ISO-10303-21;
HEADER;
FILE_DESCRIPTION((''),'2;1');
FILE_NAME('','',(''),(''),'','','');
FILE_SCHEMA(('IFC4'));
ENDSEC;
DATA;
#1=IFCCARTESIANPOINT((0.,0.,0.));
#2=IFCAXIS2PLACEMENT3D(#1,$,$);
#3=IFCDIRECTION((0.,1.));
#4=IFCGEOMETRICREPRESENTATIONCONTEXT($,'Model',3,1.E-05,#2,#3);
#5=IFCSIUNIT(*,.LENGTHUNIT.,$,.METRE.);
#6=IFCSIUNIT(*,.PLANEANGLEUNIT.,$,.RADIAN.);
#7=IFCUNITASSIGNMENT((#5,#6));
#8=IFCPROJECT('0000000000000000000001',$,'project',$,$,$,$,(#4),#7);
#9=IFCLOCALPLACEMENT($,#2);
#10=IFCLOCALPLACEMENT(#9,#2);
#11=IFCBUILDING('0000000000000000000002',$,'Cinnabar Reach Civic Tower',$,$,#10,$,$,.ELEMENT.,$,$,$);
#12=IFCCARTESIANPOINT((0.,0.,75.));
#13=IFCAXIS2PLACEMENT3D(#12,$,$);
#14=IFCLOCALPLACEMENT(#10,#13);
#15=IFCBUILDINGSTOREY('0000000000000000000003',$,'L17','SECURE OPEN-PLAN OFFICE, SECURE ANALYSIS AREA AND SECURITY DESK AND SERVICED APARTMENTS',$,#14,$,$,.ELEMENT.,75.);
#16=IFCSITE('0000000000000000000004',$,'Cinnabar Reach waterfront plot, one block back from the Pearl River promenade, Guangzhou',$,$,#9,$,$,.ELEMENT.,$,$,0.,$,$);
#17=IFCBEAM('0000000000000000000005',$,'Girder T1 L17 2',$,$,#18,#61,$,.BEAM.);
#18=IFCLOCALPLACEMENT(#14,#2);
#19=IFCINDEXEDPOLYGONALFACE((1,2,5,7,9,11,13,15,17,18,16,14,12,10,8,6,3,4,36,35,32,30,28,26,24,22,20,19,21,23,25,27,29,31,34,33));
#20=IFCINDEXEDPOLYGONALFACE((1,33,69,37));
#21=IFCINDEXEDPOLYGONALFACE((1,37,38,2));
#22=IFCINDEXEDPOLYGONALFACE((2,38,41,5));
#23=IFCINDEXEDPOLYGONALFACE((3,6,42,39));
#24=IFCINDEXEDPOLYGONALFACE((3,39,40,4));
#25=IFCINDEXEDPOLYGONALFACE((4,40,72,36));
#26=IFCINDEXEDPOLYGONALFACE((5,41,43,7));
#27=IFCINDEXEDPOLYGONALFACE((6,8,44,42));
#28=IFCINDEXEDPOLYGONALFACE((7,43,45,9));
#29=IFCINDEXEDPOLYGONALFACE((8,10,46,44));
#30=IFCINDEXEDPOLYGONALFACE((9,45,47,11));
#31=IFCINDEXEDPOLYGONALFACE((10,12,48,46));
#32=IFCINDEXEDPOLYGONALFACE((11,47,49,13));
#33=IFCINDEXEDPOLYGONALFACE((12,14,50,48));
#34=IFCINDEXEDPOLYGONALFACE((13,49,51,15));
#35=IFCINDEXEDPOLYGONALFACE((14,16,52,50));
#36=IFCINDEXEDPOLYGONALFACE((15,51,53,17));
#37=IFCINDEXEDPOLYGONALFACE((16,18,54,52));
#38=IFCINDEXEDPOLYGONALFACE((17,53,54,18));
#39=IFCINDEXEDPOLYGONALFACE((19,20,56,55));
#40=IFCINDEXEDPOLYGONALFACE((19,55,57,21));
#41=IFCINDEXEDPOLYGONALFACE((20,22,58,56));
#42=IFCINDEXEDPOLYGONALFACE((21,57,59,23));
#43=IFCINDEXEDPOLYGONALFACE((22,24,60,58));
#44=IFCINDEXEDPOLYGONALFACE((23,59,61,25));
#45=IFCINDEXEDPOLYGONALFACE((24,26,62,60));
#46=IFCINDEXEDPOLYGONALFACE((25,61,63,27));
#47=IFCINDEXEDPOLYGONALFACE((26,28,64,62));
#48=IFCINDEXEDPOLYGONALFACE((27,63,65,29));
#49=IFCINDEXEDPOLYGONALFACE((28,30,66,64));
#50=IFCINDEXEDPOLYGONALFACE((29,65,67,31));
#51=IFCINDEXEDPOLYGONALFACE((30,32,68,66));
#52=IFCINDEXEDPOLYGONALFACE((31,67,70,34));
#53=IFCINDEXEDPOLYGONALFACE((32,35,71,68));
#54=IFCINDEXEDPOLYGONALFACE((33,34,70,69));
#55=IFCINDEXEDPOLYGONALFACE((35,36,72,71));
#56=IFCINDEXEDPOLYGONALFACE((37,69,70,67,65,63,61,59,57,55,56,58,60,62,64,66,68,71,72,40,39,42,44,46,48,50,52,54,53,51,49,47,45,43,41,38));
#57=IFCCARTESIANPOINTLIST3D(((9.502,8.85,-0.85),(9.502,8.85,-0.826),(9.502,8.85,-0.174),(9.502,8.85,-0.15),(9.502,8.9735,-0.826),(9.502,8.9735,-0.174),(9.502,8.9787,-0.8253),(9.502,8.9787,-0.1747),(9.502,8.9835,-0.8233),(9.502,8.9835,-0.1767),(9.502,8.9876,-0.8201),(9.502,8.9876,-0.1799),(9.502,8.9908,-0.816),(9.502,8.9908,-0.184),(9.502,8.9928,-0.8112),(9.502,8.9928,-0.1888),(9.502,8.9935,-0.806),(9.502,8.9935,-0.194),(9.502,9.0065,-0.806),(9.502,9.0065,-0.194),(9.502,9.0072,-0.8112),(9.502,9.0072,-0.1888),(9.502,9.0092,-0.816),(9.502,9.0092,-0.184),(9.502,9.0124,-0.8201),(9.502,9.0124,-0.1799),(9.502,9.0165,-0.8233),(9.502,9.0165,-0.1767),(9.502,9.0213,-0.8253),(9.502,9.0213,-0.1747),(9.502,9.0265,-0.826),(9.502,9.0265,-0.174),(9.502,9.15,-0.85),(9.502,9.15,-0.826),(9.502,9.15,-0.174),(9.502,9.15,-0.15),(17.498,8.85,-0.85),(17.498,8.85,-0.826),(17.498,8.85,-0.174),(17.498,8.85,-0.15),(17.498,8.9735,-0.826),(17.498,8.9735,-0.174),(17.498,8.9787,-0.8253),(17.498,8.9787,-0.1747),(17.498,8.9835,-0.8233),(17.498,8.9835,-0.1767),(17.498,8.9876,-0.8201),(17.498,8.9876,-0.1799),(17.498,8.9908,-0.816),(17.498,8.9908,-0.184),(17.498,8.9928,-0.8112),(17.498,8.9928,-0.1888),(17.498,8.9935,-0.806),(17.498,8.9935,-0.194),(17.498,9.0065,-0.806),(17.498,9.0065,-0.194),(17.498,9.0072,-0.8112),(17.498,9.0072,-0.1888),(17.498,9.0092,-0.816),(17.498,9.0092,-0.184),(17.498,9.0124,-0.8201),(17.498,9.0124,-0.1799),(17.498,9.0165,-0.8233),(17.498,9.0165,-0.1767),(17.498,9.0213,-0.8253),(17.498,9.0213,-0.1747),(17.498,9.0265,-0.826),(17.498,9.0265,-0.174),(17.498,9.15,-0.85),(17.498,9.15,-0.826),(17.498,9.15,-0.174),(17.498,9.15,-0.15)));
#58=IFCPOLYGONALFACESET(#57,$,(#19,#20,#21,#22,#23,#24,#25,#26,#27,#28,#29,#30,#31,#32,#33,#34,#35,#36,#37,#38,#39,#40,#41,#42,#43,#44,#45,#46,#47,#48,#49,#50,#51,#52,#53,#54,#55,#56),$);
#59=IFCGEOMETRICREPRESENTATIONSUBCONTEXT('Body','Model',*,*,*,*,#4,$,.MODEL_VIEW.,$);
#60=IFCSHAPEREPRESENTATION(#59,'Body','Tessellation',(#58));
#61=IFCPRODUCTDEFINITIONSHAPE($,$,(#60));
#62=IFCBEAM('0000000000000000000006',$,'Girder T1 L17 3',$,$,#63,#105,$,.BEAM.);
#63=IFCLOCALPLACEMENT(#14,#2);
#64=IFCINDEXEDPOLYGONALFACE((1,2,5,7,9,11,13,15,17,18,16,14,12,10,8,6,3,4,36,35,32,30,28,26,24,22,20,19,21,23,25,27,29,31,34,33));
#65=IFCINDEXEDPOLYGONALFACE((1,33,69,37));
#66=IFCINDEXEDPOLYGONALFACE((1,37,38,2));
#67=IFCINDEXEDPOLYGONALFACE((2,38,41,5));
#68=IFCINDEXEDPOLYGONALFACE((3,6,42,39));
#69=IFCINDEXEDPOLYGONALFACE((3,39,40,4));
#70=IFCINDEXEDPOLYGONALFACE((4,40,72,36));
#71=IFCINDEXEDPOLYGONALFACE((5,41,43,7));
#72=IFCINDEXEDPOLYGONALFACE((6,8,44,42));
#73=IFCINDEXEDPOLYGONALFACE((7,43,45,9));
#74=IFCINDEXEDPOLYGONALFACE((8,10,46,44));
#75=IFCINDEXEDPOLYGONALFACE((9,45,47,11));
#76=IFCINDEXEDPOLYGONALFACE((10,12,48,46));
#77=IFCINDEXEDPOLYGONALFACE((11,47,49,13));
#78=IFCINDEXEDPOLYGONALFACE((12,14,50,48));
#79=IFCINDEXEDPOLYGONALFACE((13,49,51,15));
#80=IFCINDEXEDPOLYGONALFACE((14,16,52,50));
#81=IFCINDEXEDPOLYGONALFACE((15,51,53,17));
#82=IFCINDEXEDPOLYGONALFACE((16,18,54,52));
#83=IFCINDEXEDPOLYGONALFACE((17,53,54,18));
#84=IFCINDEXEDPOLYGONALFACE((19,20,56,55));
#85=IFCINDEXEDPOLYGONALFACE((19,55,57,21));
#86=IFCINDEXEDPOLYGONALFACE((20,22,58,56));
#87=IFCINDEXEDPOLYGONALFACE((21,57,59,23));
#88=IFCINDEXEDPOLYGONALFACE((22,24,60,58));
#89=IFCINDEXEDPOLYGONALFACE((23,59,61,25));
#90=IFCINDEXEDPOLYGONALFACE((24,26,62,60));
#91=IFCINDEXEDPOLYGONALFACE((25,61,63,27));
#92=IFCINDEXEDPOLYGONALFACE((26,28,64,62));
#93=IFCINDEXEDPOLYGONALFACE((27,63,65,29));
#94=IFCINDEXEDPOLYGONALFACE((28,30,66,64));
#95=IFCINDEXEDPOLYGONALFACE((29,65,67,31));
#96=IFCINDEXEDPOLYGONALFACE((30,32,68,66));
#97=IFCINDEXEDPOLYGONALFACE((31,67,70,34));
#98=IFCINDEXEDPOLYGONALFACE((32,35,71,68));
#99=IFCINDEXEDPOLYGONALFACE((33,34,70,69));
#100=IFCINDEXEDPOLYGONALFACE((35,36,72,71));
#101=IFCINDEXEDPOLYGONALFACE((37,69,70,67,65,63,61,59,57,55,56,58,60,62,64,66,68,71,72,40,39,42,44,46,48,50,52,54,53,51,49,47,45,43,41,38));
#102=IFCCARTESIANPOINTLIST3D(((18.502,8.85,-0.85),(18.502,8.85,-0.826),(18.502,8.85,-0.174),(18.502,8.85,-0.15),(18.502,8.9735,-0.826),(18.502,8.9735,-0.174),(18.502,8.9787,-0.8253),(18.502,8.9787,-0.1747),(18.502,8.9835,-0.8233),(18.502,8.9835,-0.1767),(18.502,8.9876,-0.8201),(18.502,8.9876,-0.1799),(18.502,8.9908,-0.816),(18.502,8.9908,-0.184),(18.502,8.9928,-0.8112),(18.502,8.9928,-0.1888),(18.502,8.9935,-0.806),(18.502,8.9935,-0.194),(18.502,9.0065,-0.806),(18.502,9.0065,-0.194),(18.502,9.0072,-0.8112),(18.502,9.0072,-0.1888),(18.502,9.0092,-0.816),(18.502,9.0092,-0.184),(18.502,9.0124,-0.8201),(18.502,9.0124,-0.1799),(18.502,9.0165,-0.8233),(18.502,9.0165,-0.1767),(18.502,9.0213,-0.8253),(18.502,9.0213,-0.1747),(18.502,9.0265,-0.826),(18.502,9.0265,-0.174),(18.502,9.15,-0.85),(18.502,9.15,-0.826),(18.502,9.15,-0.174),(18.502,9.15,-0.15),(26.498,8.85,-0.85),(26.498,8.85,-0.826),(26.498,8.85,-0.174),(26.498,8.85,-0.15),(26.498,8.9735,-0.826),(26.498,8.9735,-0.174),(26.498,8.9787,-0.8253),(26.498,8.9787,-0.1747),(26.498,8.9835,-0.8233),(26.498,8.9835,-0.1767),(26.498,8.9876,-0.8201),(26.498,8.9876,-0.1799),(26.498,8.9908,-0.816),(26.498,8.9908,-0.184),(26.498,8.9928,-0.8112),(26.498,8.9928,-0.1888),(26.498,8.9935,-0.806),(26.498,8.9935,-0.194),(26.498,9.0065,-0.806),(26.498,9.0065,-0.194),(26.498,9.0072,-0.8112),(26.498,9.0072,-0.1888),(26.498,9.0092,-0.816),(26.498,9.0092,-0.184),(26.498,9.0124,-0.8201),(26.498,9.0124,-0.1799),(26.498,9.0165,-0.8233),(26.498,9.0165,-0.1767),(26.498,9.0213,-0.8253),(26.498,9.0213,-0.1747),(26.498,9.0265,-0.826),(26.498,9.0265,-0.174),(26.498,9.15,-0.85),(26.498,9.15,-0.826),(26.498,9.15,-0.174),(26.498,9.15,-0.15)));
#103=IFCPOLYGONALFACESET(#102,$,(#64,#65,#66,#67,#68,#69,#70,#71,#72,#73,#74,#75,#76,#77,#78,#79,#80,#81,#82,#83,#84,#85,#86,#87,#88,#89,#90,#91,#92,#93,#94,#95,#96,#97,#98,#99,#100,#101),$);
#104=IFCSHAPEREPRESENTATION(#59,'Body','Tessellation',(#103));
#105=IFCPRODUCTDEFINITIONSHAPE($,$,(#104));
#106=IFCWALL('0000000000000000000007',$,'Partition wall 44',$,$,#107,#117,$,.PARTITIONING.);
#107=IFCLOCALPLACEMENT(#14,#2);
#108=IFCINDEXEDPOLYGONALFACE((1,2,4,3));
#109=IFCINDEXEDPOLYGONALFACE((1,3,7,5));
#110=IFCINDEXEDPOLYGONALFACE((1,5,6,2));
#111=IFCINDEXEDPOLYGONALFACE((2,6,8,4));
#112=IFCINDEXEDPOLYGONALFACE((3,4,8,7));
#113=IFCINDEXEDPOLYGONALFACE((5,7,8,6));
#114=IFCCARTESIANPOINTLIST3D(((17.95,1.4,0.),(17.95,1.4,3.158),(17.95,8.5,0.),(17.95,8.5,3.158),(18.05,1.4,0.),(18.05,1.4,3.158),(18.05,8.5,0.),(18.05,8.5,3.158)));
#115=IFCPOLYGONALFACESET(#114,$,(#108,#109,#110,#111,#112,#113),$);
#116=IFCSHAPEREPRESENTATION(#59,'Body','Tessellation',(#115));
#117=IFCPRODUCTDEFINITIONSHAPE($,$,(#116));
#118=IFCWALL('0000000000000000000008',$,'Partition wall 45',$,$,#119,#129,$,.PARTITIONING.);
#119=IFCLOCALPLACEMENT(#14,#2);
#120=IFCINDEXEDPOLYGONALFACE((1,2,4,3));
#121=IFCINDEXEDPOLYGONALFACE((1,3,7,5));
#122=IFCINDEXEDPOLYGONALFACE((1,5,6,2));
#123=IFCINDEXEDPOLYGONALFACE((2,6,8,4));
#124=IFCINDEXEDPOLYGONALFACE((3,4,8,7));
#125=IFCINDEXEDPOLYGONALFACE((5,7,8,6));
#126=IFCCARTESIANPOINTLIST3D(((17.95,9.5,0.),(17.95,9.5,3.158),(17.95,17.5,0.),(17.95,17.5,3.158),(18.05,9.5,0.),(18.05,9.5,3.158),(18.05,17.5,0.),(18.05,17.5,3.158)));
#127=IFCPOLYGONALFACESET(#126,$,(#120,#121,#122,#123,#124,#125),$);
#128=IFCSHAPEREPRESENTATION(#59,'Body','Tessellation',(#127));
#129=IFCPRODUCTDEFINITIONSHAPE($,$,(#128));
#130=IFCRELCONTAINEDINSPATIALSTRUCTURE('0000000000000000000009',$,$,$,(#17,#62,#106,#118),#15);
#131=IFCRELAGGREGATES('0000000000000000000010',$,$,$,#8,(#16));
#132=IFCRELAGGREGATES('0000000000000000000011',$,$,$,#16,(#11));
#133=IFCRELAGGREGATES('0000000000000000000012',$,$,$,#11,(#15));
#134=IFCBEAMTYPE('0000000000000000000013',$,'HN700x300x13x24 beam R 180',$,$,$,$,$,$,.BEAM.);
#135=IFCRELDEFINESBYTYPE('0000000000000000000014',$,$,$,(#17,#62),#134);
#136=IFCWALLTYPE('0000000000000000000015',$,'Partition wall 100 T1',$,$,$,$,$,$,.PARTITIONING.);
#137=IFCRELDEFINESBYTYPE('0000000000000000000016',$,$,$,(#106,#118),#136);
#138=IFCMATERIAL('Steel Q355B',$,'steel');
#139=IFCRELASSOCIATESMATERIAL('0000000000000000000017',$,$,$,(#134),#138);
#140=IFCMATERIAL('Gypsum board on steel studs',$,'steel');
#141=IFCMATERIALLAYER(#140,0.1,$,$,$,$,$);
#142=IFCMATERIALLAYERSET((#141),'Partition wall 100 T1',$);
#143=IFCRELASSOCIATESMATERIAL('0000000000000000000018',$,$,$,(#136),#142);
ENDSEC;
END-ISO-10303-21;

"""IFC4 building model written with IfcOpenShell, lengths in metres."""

from ifc_helpers import new_model, si_unit, direction, frame, frame_2d, origin, origin_2d, place, context, subcontext, project, spatial, rectangle, i_section, extrude, material, layer, layer_set, material_profile, profile_set, type_object, element, save


model = new_model("IFC4")

# Units and contexts
model_context = context("Model", 3, precision=1e-05, world=origin(), true_north=direction((0.0, 1.0)))
body_context = subcontext(model_context, "Body", "Model", "MODEL_VIEW")
ifc_project = project(units=[si_unit("LENGTHUNIT", "METRE"), si_unit("PLANEANGLEUNIT", "RADIAN")], contexts=[model_context])

# Site, building, storey
site_placement = place(None, origin())
site = spatial("IfcSite", under=ifc_project, at=site_placement, Name="Cinnabar Reach waterfront plot, one block back from the Pearl River promenade, Guangzhou", CompositionType="ELEMENT", RefElevation=0.0)
building_placement = place(site_placement, origin())
building = spatial("IfcBuilding", under=site, at=building_placement, Name="Cinnabar Reach Civic Tower", CompositionType="ELEMENT")
storey_placement = place(building_placement, frame((0.0, 0.0, 75.0)))
storey = spatial("IfcBuildingStorey", under=building, at=storey_placement, Name="L17", Description="SECURE OPEN-PLAN OFFICE, SECURE ANALYSIS AREA AND SECURITY DESK AND SERVICED APARTMENTS", CompositionType="ELEMENT", Elevation=75.0)

# Beams
ifc_material_1 = material(Name="Steel Q355B", Category="steel")
ifc_material_profile_1 = material_profile(ifc_material_1, i_section(OverallWidth=0.3, OverallDepth=0.7, WebThickness=0.013, FlangeThickness=0.024, FilletRadius=0.02, at=origin_2d()), Name="HN700x300x13x24")
ifc_profile_set_1 = profile_set([ifc_material_profile_1], Name="Steel Q355B")
beam_type_1 = type_object("IfcBeamType", Name="HN700x300x13x24 beam R 180", PredefinedType="BEAM", material=ifc_profile_set_1)
for number, where, z_axis, x_axis, name in (
    (1, (9.502, 9.0, -0.5), (1.0, 0.0, 0.0), (0.0, 1.0, 0.0), "Girder T1 L17 2"),
    (2, (18.502, 9.0, -0.5), (1.0, 0.0, 0.0), (0.0, 1.0, 0.0), "Girder T1 L17 3"),
):
    element("IfcBeam", number, at=place(storey_placement, frame(where, z_axis=z_axis, x_axis=x_axis)), inside=storey, type_object=beam_type_1, Name=name, PredefinedType="BEAM", context=body_context, shape_type="SweptSolid", body=[
        extrude(i_section(OverallWidth=0.3, OverallDepth=0.7, WebThickness=0.013, FlangeThickness=0.024, FilletRadius=0.02, at=origin_2d()), origin(), (0.0, 0.0, 1.0), 7.996),
    ])

# Walls
ifc_material_2 = material(Name="Gypsum board on steel studs", Category="steel")
ifc_layer = layer(ifc_material_2, 0.1)
ifc_layer_set = layer_set([ifc_layer], Name="Partition wall 100 T1")
wall_type = type_object("IfcWallType", Name="Partition wall 100 T1", PredefinedType="PARTITIONING", material=ifc_layer_set)
wall_1_placement = place(storey_placement, frame((18.0, 1.4, 0.0), z_axis=(0.0, 0.0, 1.0), x_axis=(0.0, 1.0, 0.0)))
element("IfcWall", 3, at=wall_1_placement, inside=storey, type_object=wall_type, Name="Partition wall 44", PredefinedType="PARTITIONING", context=body_context, shape_type="SweptSolid", body=[
    extrude(rectangle(XDim=7.1, YDim=0.1, at=frame_2d((3.55, 0.0))), origin(), (0.0, 0.0, 1.0), 3.158),
])
wall_2_placement = place(storey_placement, frame((18.0, 9.5, 0.0), z_axis=(0.0, 0.0, 1.0), x_axis=(0.0, 1.0, 0.0)))
element("IfcWall", 4, at=wall_2_placement, inside=storey, type_object=wall_type, Name="Partition wall 45", PredefinedType="PARTITIONING", context=body_context, shape_type="SweptSolid", body=[
    extrude(rectangle(XDim=8.0, YDim=0.1, at=frame_2d((4.0, 0.0))), origin(), (0.0, 0.0, 1.0), 3.158),
])

save(model, "model.ifc")
